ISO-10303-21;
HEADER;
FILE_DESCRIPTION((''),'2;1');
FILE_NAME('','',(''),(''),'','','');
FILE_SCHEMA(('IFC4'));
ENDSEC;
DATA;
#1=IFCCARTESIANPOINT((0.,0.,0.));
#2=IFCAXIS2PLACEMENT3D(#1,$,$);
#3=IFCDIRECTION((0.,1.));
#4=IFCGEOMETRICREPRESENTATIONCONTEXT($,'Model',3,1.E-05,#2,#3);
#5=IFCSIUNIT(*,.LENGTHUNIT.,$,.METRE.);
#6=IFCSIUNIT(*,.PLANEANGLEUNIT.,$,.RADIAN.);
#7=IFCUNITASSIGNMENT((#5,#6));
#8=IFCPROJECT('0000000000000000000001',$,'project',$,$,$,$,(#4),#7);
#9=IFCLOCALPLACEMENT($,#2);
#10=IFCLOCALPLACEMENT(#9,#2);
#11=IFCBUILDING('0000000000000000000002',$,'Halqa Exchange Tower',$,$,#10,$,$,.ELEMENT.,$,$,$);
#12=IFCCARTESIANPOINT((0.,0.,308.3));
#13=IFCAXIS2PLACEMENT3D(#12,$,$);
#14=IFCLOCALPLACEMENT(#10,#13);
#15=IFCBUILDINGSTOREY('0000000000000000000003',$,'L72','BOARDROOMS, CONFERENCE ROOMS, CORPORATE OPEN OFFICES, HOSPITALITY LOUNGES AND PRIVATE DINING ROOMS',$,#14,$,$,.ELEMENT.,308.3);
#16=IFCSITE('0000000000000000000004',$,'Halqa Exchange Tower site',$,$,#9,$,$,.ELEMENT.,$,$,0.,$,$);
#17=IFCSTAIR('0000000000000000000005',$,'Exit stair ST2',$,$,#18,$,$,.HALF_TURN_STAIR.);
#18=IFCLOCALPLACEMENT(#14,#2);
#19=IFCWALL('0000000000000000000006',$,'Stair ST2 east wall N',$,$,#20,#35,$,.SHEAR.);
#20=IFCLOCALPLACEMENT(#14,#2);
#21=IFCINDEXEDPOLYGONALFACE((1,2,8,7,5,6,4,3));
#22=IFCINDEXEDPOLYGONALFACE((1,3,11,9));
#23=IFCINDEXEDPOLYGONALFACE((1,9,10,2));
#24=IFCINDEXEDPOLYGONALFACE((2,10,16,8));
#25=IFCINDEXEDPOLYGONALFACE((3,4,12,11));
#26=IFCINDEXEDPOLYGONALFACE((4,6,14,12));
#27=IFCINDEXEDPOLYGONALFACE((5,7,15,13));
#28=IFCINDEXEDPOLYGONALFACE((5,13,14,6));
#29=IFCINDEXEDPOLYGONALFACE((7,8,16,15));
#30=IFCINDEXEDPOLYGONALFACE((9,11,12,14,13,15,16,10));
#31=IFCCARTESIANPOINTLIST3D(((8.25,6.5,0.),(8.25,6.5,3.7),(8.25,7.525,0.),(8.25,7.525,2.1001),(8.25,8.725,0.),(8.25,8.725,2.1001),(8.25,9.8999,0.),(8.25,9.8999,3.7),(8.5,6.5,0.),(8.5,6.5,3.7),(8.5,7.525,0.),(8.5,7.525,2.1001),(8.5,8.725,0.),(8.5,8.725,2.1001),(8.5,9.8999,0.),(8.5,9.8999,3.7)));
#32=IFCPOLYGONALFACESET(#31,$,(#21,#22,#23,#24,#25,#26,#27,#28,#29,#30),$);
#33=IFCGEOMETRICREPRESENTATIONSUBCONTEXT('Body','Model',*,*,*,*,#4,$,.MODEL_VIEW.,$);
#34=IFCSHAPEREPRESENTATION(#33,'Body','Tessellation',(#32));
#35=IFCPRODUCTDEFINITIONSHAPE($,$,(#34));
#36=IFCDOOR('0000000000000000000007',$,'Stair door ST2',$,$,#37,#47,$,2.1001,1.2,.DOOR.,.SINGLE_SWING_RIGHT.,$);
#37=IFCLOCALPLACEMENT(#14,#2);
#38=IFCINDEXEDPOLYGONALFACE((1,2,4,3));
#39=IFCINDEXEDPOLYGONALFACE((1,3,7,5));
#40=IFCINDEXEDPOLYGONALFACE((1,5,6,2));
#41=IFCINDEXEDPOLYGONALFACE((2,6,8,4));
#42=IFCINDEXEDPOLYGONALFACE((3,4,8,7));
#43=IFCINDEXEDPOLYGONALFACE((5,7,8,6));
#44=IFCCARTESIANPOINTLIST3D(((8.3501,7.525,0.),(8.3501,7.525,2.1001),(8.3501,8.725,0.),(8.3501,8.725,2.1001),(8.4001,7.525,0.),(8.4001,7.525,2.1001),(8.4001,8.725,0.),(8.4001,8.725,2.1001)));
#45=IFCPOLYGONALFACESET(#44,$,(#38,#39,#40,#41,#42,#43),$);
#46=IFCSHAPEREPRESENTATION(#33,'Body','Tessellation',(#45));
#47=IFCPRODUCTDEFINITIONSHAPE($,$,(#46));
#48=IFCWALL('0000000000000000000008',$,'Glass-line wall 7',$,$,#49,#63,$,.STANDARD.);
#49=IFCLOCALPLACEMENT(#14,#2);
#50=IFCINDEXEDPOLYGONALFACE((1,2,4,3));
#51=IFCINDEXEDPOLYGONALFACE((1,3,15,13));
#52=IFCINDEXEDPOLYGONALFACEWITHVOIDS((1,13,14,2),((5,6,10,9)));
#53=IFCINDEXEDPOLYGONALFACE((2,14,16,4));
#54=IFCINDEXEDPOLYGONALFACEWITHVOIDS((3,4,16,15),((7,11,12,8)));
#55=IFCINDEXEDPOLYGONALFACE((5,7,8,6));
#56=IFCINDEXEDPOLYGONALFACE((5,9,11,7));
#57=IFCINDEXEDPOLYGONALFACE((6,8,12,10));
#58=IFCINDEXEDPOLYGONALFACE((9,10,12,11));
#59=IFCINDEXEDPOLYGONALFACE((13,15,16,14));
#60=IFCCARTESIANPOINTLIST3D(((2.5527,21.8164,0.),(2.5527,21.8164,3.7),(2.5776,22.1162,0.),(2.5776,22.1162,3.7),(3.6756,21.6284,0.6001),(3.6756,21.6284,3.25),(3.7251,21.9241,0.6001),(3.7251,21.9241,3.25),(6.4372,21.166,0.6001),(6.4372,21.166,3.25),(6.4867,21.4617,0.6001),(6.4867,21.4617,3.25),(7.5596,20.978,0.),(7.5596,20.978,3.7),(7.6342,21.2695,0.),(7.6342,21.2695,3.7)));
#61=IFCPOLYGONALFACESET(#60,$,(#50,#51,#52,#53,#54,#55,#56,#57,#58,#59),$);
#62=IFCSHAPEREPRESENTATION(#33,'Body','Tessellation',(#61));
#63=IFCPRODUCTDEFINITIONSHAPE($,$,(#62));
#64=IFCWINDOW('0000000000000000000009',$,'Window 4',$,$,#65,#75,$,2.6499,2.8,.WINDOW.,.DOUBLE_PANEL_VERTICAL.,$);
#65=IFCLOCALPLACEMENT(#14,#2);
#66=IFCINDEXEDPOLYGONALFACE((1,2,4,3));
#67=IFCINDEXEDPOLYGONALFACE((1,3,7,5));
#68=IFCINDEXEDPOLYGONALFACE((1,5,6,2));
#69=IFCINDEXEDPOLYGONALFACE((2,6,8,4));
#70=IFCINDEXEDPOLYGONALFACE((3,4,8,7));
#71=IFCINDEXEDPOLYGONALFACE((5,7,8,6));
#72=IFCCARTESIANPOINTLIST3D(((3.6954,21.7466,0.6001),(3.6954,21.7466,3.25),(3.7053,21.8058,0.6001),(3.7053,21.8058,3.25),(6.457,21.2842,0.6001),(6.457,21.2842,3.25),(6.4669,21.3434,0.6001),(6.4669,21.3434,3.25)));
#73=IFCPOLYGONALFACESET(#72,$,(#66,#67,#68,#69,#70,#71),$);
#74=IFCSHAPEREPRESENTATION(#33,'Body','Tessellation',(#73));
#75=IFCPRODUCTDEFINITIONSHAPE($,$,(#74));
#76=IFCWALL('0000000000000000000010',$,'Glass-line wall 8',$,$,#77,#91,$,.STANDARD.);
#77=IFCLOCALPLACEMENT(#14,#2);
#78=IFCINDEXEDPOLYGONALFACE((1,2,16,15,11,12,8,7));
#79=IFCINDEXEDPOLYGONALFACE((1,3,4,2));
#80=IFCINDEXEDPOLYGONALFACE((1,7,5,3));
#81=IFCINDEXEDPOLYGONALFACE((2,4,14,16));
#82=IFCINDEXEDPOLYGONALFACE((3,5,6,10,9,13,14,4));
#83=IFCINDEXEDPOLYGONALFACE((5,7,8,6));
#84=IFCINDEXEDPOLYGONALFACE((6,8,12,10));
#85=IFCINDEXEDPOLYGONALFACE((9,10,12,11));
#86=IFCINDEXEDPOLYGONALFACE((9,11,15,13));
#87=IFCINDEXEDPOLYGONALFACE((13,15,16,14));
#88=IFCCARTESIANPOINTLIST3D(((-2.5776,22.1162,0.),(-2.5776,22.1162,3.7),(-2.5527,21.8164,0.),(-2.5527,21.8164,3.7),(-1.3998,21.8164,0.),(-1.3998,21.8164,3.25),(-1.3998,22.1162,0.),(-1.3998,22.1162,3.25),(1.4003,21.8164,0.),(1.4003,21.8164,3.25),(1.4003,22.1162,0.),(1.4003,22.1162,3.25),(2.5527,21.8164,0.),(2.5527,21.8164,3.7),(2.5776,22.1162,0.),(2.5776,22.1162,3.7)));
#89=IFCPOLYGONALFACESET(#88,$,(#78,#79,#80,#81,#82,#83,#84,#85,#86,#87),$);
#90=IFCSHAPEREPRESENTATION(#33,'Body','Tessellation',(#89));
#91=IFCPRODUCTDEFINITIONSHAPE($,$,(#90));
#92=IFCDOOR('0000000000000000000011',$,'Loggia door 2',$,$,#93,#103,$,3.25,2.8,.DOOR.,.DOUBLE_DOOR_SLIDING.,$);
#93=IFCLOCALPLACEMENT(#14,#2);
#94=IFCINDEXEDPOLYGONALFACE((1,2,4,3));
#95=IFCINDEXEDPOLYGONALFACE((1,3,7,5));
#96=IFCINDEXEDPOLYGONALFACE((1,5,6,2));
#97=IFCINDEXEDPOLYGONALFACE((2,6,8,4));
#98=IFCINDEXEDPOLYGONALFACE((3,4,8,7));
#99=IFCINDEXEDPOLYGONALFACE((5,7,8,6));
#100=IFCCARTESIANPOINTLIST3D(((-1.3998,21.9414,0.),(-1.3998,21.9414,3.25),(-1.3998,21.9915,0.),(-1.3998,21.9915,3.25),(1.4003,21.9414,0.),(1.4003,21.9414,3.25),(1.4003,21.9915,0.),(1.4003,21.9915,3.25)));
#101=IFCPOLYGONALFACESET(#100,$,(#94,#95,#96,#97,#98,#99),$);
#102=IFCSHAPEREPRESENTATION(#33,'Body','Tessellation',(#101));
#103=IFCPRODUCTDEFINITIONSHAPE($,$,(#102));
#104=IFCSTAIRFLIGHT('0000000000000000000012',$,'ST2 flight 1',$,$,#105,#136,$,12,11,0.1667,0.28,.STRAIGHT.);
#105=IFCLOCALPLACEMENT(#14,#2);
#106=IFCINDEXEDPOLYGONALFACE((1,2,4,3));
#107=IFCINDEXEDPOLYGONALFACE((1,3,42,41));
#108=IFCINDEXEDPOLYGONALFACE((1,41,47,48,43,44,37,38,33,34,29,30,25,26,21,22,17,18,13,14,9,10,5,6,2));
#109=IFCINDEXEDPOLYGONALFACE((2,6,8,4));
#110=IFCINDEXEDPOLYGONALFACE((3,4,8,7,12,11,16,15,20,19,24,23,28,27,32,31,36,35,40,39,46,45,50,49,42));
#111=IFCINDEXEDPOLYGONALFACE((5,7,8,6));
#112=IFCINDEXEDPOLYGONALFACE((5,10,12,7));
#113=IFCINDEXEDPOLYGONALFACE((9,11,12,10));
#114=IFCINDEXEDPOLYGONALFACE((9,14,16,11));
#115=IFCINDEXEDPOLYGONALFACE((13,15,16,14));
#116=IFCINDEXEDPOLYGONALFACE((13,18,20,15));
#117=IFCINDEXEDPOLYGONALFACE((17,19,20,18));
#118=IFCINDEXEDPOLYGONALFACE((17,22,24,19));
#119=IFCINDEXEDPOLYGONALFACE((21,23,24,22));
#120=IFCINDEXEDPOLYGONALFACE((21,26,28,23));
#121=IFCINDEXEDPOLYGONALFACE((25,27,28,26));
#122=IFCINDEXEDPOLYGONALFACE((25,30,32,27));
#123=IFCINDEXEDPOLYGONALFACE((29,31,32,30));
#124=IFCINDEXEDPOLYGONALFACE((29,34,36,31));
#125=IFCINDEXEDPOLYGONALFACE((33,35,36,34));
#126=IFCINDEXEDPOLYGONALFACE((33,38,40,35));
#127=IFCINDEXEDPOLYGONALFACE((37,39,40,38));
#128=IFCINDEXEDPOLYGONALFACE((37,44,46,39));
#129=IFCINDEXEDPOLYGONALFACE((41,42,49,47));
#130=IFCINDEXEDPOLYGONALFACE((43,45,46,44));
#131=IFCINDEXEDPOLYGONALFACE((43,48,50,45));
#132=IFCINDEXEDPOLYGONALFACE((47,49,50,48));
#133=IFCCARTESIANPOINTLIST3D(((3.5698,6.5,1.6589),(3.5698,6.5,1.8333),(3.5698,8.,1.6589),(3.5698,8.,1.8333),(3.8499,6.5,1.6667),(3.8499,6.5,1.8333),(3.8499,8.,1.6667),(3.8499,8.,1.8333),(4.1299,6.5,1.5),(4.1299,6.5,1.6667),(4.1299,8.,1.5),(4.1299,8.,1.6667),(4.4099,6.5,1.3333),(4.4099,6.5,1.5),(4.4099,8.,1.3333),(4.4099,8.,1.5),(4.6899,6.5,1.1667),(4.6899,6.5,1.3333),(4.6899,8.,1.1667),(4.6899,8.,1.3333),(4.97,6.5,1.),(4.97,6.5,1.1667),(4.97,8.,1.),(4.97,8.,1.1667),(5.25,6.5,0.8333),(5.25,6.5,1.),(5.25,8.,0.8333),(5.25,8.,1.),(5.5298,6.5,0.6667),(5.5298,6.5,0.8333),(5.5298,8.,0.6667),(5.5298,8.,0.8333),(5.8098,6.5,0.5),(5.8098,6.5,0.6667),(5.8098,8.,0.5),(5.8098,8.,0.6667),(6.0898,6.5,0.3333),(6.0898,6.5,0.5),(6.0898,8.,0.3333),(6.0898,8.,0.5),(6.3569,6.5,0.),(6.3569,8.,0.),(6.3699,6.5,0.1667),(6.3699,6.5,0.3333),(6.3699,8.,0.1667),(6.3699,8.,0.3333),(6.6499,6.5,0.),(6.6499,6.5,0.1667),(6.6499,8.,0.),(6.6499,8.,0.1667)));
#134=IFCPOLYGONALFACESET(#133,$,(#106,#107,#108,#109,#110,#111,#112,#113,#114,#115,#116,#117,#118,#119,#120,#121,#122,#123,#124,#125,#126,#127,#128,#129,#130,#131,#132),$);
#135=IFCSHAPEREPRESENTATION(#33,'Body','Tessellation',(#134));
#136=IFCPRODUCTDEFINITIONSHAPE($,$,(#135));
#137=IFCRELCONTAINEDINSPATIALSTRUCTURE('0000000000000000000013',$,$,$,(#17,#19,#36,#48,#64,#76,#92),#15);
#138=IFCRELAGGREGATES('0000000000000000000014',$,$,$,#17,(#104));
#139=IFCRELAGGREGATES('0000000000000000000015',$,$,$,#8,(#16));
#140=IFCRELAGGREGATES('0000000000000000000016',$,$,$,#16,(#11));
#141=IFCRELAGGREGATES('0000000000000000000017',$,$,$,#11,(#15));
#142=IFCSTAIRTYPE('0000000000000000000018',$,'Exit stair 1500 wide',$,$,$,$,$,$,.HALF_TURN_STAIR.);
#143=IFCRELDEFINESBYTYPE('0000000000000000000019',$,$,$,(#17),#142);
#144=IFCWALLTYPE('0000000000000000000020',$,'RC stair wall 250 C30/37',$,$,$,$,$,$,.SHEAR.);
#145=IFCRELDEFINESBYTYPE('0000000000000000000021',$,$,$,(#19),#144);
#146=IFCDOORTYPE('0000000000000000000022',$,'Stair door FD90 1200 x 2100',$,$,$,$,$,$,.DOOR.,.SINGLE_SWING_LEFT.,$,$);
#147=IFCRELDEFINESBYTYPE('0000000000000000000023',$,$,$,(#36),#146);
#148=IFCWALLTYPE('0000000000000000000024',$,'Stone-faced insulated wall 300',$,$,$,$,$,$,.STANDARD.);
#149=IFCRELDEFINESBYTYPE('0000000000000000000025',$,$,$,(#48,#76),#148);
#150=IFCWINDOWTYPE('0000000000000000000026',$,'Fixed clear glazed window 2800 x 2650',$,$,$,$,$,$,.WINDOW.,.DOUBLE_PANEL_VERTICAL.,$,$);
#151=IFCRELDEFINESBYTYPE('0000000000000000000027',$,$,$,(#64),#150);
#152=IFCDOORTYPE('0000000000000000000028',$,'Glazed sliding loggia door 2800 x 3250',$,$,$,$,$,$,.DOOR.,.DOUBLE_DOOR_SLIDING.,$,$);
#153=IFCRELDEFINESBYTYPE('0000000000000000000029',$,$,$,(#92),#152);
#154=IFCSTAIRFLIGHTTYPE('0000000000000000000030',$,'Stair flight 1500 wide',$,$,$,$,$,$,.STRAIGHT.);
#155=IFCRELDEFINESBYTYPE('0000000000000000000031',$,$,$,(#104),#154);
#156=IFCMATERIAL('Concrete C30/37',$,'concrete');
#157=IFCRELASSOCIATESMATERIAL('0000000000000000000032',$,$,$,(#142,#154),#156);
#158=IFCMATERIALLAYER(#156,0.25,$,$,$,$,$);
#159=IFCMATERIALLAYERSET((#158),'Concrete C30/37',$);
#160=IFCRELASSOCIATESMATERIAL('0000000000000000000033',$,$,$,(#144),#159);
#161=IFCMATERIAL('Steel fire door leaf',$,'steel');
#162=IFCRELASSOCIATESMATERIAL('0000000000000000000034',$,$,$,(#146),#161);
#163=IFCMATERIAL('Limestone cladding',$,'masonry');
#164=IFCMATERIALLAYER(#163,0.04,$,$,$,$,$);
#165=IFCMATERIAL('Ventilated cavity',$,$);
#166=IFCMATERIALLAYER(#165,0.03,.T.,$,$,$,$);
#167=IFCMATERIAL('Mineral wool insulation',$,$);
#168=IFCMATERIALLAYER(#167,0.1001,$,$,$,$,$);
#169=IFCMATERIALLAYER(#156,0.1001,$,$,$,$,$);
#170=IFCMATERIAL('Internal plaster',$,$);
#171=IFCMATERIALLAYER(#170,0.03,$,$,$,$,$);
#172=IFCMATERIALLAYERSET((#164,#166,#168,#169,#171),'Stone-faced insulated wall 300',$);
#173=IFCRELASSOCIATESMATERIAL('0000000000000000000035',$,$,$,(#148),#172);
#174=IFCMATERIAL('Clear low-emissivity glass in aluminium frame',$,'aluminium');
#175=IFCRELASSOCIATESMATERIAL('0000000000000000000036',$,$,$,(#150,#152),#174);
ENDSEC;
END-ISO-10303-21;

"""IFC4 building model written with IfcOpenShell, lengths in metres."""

from ifc_helpers import new_model, si_unit, direction, frame, frame_2d, origin, place, context, subcontext, project, spatial, polyline, rectangle, outline, extrude, material, layer, layer_set, type_object, element, fill, aggregate, save


model = new_model("IFC4")

# Units and contexts
model_context = context("Model", 3, precision=1e-05, world=origin(), true_north=direction((0.0, 1.0)))
body_context = subcontext(model_context, "Body", "Model", "MODEL_VIEW")
ifc_project = project(units=[si_unit("LENGTHUNIT", "METRE"), si_unit("PLANEANGLEUNIT", "RADIAN")], contexts=[model_context])

# Site, building, storey
site_placement = place(None, origin())
site = spatial("IfcSite", under=ifc_project, at=site_placement, Name="Halqa Exchange Tower site", CompositionType="ELEMENT", RefElevation=0.0)
building_placement = place(site_placement, origin())
building = spatial("IfcBuilding", under=site, at=building_placement, Name="Halqa Exchange Tower", CompositionType="ELEMENT")
storey_placement = place(building_placement, frame((0.0, 0.0, 308.3)))
storey = spatial("IfcBuildingStorey", under=building, at=storey_placement, Name="L72", Description="BOARDROOMS, CONFERENCE ROOMS, CORPORATE OPEN OFFICES, HOSPITALITY LOUNGES AND PRIVATE DINING ROOMS", CompositionType="ELEMENT", Elevation=308.3)

# Stair
ifc_material_1 = material(Name="Concrete C30/37", Category="concrete")
stair_type = type_object("IfcStairType", Name="Exit stair 1500 wide", PredefinedType="HALF_TURN_STAIR", material=ifc_material_1)
stair_1_placement = place(storey_placement, origin())
stair_1 = element("IfcStair", 1, at=stair_1_placement, inside=storey, type_object=stair_type, Name="Exit stair ST2", PredefinedType="HALF_TURN_STAIR")

# Shared definitions
ifc_layer_1 = layer(ifc_material_1, 0.25)
ifc_layer_set_1 = layer_set([ifc_layer_1], Name="Concrete C30/37")
wall_type_1 = type_object("IfcWallType", Name="RC stair wall 250 C30/37", PredefinedType="SHEAR", material=ifc_layer_set_1)

# Wall, opening, door
wall_1_placement = place(storey_placement, frame((8.375, 6.5, 0.0), z_axis=(0.0, 0.0, 1.0), x_axis=(0.0, 1.0, 0.0)))
wall_1 = element("IfcWall", 2, at=wall_1_placement, inside=storey, type_object=wall_type_1, Name="Stair ST2 east wall N", PredefinedType="SHEAR", context=body_context, shape_type="SweptSolid", body=[
    extrude(rectangle(XDim=3.3999, YDim=0.25, at=frame_2d((1.7, 0.0))), origin(), (0.0, 0.0, 1.0), 3.7),
])
opening_1_placement = place(wall_1_placement, frame((1.0249, 0.0, 0.0)))
opening_1 = element("IfcOpeningElement", 3, at=opening_1_placement, cuts=wall_1, PredefinedType="OPENING", context=body_context, shape_type="SweptSolid", body=[
    extrude(rectangle(XDim=1.2, YDim=2.1001, at=frame_2d((0.6001, 1.05))), frame((0.0, 0.137, 0.0), z_axis=(0.0, -1.0, 0.0), x_axis=(1.0, 0.0, 0.0)), (0.0, 0.0, 1.0), 0.2739),
])
ifc_material_2 = material(Name="Steel fire door leaf", Category="steel")
door_type_1 = type_object("IfcDoorType", Name="Stair door FD90 1200 x 2100", OperationType="SINGLE_SWING_LEFT", PredefinedType="DOOR", material=ifc_material_2)
door_1_placement = place(opening_1_placement, origin())
door_1 = element("IfcDoor", 4, at=door_1_placement, inside=storey, type_object=door_type_1, Name="Stair door ST2", OperationType="SINGLE_SWING_RIGHT", OverallHeight=2.1001, OverallWidth=1.2, PredefinedType="DOOR", context=body_context, shape_type="SweptSolid", body=[
    extrude(rectangle(XDim=1.2, YDim=2.1001, at=frame_2d((0.6001, 1.05))), frame((0.0, 0.0249, 0.0), z_axis=(0.0, -1.0, 0.0), x_axis=(1.0, 0.0, 0.0)), (0.0, 0.0, 1.0), 0.05),
])
fill(opening_1, door_1)

# Wall, opening, window
ifc_material_3 = material(Name="Limestone cladding", Category="masonry")
ifc_layer_2 = layer(ifc_material_3, 0.04)
ifc_material_4 = material(Name="Ventilated cavity")
ifc_layer_3 = layer(ifc_material_4, 0.03, ventilated=True)
ifc_material_5 = material(Name="Mineral wool insulation")
ifc_layer_4 = layer(ifc_material_5, 0.1001)
ifc_layer_5 = layer(ifc_material_1, 0.1001)
ifc_material_6 = material(Name="Internal plaster")
ifc_layer_6 = layer(ifc_material_6, 0.03)
ifc_layer_set_2 = layer_set([ifc_layer_2, ifc_layer_3, ifc_layer_4, ifc_layer_5, ifc_layer_6], Name="Stone-faced insulated wall 300")
wall_type_2 = type_object("IfcWallType", Name="Stone-faced insulated wall 300", PredefinedType="STANDARD", material=ifc_layer_set_2)
wall_2_placement = place(storey_placement, frame((7.5969, 21.1238, 0.0), z_axis=(0.0, 0.0, 1.0), x_axis=(-0.986269, 0.165144, 0.0)))
wall_2 = element("IfcWall", 5, at=wall_2_placement, inside=storey, type_object=wall_type_2, Name="Glass-line wall 7", PredefinedType="STANDARD", context=body_context, shape_type="SweptSolid", body=[
    extrude(outline(polyline([(-0.0127, -0.1499), (5.1143, -0.1499), (5.0894, 0.1499), (0.0127, 0.1499), (-0.0127, -0.1499)])), origin(), (0.0, 0.0, 1.0), 3.7),
])
opening_2_placement = place(wall_2_placement, frame((1.1509, 0.0, 0.6001)))
opening_2 = element("IfcOpeningElement", 6, at=opening_2_placement, cuts=wall_2, PredefinedType="OPENING", context=body_context, shape_type="SweptSolid", body=[
    extrude(rectangle(XDim=2.8, YDim=2.6499, at=frame_2d((1.3999, 1.325))), frame((0.0, 0.1621, 0.0), z_axis=(0.0, -1.0, 0.0), x_axis=(1.0, 0.0, 0.0)), (0.0, 0.0, 1.0), 0.324),
])
ifc_material_7 = material(Name="Clear low-emissivity glass in aluminium frame", Category="aluminium")
window_type = type_object("IfcWindowType", Name="Fixed clear glazed window 2800 x 2650", PartitioningType="DOUBLE_PANEL_VERTICAL", PredefinedType="WINDOW", material=ifc_material_7)
window_placement = place(opening_2_placement, origin())
window = element("IfcWindow", 7, at=window_placement, inside=storey, type_object=window_type, Name="Window 4", OverallHeight=2.6499, OverallWidth=2.8, PartitioningType="DOUBLE_PANEL_VERTICAL", PredefinedType="WINDOW", context=body_context, shape_type="SweptSolid", body=[
    extrude(rectangle(XDim=2.8, YDim=2.6499, at=frame_2d((1.3999, 1.325))), frame((0.0, 0.03, 0.0), z_axis=(0.0, -1.0, 0.0), x_axis=(1.0, 0.0, 0.0)), (0.0, 0.0, 1.0), 0.0601),
])
fill(opening_2, window)

# Wall, opening, door
wall_3_placement = place(storey_placement, frame((2.5652, 21.9663, 0.0), z_axis=(0.0, 0.0, 1.0), x_axis=(-1.0, 0.0, 0.0)))
wall_3 = element("IfcWall", 8, at=wall_3_placement, inside=storey, type_object=wall_type_2, Name="Glass-line wall 8", PredefinedType="STANDARD", context=body_context, shape_type="SweptSolid", body=[
    extrude(outline(polyline([(-0.0125, -0.1499), (5.1428, -0.1499), (5.1179, 0.1499), (0.0125, 0.1499), (-0.0125, -0.1499)])), origin(), (0.0, 0.0, 1.0), 3.7),
])
opening_3_placement = place(wall_3_placement, frame((1.165, 0.0, 0.0)))
opening_3 = element("IfcOpeningElement", 9, at=opening_3_placement, cuts=wall_3, PredefinedType="OPENING", context=body_context, shape_type="SweptSolid", body=[
    extrude(rectangle(XDim=2.8, YDim=3.25, at=frame_2d((1.3999, 1.625))), frame((0.0, 0.1621, 0.0), z_axis=(0.0, -1.0, 0.0), x_axis=(1.0, 0.0, 0.0)), (0.0, 0.0, 1.0), 0.324),
])
door_type_2 = type_object("IfcDoorType", Name="Glazed sliding loggia door 2800 x 3250", OperationType="DOUBLE_DOOR_SLIDING", PredefinedType="DOOR", material=ifc_material_7)
door_2_placement = place(opening_3_placement, origin())
door_2 = element("IfcDoor", 10, at=door_2_placement, inside=storey, type_object=door_type_2, Name="Loggia door 2", OperationType="DOUBLE_DOOR_SLIDING", OverallHeight=3.25, OverallWidth=2.8, PredefinedType="DOOR", context=body_context, shape_type="SweptSolid", body=[
    extrude(rectangle(XDim=2.8, YDim=3.25, at=frame_2d((1.3999, 1.625))), frame((0.0, 0.0249, 0.0), z_axis=(0.0, -1.0, 0.0), x_axis=(1.0, 0.0, 0.0)), (0.0, 0.0, 1.0), 0.05),
])
fill(opening_3, door_2)

# Stair flight
stair_flight_type = type_object("IfcStairFlightType", Name="Stair flight 1500 wide", PredefinedType="STRAIGHT", material=ifc_material_1)
stair_flight_1_placement = place(storey_placement, frame((6.6499, 7.25, 0.0), z_axis=(0.0, 0.0, 1.0), x_axis=(-1.0, 0.0, 0.0)))
stair_flight_1 = element("IfcStairFlight", 11, at=stair_flight_1_placement, type_object=stair_flight_type, Name="ST2 flight 1", NumberOfRisers=12, NumberOfTreads=11, PredefinedType="STRAIGHT", RiserHeight=0.1667, TreadLength=0.28, context=body_context, shape_type="SweptSolid", body=[
    extrude(outline(polyline([(0.0, 0.0), (0.0, 0.1667), (0.28, 0.1667), (0.28, 0.3333), (0.5601, 0.3333), (0.5601, 0.5), (0.8401, 0.5), (0.8401, 0.6667), (1.1201, 0.6667), (1.1201, 0.8333), (1.3999, 0.8333), (1.3999, 1.0), (1.6799, 1.0), (1.6799, 1.1667), (1.96, 1.1667), (1.96, 1.3333), (2.24, 1.3333), (2.24, 1.5), (2.52, 1.5), (2.52, 1.6667), (2.8, 1.6667), (2.8, 1.8333), (3.0801, 1.8333), (3.0801, 2.0), (3.0801, 1.6589), (0.293, 0.0), (0.0, 0.0)])), frame((0.0, 0.75, 0.0), z_axis=(0.0, -1.0, 0.0), x_axis=(1.0, 0.0, 0.0)), (0.0, 0.0, 1.0), 1.5),
])
aggregate(stair_1, [stair_flight_1])

save(model, "model.ifc")
